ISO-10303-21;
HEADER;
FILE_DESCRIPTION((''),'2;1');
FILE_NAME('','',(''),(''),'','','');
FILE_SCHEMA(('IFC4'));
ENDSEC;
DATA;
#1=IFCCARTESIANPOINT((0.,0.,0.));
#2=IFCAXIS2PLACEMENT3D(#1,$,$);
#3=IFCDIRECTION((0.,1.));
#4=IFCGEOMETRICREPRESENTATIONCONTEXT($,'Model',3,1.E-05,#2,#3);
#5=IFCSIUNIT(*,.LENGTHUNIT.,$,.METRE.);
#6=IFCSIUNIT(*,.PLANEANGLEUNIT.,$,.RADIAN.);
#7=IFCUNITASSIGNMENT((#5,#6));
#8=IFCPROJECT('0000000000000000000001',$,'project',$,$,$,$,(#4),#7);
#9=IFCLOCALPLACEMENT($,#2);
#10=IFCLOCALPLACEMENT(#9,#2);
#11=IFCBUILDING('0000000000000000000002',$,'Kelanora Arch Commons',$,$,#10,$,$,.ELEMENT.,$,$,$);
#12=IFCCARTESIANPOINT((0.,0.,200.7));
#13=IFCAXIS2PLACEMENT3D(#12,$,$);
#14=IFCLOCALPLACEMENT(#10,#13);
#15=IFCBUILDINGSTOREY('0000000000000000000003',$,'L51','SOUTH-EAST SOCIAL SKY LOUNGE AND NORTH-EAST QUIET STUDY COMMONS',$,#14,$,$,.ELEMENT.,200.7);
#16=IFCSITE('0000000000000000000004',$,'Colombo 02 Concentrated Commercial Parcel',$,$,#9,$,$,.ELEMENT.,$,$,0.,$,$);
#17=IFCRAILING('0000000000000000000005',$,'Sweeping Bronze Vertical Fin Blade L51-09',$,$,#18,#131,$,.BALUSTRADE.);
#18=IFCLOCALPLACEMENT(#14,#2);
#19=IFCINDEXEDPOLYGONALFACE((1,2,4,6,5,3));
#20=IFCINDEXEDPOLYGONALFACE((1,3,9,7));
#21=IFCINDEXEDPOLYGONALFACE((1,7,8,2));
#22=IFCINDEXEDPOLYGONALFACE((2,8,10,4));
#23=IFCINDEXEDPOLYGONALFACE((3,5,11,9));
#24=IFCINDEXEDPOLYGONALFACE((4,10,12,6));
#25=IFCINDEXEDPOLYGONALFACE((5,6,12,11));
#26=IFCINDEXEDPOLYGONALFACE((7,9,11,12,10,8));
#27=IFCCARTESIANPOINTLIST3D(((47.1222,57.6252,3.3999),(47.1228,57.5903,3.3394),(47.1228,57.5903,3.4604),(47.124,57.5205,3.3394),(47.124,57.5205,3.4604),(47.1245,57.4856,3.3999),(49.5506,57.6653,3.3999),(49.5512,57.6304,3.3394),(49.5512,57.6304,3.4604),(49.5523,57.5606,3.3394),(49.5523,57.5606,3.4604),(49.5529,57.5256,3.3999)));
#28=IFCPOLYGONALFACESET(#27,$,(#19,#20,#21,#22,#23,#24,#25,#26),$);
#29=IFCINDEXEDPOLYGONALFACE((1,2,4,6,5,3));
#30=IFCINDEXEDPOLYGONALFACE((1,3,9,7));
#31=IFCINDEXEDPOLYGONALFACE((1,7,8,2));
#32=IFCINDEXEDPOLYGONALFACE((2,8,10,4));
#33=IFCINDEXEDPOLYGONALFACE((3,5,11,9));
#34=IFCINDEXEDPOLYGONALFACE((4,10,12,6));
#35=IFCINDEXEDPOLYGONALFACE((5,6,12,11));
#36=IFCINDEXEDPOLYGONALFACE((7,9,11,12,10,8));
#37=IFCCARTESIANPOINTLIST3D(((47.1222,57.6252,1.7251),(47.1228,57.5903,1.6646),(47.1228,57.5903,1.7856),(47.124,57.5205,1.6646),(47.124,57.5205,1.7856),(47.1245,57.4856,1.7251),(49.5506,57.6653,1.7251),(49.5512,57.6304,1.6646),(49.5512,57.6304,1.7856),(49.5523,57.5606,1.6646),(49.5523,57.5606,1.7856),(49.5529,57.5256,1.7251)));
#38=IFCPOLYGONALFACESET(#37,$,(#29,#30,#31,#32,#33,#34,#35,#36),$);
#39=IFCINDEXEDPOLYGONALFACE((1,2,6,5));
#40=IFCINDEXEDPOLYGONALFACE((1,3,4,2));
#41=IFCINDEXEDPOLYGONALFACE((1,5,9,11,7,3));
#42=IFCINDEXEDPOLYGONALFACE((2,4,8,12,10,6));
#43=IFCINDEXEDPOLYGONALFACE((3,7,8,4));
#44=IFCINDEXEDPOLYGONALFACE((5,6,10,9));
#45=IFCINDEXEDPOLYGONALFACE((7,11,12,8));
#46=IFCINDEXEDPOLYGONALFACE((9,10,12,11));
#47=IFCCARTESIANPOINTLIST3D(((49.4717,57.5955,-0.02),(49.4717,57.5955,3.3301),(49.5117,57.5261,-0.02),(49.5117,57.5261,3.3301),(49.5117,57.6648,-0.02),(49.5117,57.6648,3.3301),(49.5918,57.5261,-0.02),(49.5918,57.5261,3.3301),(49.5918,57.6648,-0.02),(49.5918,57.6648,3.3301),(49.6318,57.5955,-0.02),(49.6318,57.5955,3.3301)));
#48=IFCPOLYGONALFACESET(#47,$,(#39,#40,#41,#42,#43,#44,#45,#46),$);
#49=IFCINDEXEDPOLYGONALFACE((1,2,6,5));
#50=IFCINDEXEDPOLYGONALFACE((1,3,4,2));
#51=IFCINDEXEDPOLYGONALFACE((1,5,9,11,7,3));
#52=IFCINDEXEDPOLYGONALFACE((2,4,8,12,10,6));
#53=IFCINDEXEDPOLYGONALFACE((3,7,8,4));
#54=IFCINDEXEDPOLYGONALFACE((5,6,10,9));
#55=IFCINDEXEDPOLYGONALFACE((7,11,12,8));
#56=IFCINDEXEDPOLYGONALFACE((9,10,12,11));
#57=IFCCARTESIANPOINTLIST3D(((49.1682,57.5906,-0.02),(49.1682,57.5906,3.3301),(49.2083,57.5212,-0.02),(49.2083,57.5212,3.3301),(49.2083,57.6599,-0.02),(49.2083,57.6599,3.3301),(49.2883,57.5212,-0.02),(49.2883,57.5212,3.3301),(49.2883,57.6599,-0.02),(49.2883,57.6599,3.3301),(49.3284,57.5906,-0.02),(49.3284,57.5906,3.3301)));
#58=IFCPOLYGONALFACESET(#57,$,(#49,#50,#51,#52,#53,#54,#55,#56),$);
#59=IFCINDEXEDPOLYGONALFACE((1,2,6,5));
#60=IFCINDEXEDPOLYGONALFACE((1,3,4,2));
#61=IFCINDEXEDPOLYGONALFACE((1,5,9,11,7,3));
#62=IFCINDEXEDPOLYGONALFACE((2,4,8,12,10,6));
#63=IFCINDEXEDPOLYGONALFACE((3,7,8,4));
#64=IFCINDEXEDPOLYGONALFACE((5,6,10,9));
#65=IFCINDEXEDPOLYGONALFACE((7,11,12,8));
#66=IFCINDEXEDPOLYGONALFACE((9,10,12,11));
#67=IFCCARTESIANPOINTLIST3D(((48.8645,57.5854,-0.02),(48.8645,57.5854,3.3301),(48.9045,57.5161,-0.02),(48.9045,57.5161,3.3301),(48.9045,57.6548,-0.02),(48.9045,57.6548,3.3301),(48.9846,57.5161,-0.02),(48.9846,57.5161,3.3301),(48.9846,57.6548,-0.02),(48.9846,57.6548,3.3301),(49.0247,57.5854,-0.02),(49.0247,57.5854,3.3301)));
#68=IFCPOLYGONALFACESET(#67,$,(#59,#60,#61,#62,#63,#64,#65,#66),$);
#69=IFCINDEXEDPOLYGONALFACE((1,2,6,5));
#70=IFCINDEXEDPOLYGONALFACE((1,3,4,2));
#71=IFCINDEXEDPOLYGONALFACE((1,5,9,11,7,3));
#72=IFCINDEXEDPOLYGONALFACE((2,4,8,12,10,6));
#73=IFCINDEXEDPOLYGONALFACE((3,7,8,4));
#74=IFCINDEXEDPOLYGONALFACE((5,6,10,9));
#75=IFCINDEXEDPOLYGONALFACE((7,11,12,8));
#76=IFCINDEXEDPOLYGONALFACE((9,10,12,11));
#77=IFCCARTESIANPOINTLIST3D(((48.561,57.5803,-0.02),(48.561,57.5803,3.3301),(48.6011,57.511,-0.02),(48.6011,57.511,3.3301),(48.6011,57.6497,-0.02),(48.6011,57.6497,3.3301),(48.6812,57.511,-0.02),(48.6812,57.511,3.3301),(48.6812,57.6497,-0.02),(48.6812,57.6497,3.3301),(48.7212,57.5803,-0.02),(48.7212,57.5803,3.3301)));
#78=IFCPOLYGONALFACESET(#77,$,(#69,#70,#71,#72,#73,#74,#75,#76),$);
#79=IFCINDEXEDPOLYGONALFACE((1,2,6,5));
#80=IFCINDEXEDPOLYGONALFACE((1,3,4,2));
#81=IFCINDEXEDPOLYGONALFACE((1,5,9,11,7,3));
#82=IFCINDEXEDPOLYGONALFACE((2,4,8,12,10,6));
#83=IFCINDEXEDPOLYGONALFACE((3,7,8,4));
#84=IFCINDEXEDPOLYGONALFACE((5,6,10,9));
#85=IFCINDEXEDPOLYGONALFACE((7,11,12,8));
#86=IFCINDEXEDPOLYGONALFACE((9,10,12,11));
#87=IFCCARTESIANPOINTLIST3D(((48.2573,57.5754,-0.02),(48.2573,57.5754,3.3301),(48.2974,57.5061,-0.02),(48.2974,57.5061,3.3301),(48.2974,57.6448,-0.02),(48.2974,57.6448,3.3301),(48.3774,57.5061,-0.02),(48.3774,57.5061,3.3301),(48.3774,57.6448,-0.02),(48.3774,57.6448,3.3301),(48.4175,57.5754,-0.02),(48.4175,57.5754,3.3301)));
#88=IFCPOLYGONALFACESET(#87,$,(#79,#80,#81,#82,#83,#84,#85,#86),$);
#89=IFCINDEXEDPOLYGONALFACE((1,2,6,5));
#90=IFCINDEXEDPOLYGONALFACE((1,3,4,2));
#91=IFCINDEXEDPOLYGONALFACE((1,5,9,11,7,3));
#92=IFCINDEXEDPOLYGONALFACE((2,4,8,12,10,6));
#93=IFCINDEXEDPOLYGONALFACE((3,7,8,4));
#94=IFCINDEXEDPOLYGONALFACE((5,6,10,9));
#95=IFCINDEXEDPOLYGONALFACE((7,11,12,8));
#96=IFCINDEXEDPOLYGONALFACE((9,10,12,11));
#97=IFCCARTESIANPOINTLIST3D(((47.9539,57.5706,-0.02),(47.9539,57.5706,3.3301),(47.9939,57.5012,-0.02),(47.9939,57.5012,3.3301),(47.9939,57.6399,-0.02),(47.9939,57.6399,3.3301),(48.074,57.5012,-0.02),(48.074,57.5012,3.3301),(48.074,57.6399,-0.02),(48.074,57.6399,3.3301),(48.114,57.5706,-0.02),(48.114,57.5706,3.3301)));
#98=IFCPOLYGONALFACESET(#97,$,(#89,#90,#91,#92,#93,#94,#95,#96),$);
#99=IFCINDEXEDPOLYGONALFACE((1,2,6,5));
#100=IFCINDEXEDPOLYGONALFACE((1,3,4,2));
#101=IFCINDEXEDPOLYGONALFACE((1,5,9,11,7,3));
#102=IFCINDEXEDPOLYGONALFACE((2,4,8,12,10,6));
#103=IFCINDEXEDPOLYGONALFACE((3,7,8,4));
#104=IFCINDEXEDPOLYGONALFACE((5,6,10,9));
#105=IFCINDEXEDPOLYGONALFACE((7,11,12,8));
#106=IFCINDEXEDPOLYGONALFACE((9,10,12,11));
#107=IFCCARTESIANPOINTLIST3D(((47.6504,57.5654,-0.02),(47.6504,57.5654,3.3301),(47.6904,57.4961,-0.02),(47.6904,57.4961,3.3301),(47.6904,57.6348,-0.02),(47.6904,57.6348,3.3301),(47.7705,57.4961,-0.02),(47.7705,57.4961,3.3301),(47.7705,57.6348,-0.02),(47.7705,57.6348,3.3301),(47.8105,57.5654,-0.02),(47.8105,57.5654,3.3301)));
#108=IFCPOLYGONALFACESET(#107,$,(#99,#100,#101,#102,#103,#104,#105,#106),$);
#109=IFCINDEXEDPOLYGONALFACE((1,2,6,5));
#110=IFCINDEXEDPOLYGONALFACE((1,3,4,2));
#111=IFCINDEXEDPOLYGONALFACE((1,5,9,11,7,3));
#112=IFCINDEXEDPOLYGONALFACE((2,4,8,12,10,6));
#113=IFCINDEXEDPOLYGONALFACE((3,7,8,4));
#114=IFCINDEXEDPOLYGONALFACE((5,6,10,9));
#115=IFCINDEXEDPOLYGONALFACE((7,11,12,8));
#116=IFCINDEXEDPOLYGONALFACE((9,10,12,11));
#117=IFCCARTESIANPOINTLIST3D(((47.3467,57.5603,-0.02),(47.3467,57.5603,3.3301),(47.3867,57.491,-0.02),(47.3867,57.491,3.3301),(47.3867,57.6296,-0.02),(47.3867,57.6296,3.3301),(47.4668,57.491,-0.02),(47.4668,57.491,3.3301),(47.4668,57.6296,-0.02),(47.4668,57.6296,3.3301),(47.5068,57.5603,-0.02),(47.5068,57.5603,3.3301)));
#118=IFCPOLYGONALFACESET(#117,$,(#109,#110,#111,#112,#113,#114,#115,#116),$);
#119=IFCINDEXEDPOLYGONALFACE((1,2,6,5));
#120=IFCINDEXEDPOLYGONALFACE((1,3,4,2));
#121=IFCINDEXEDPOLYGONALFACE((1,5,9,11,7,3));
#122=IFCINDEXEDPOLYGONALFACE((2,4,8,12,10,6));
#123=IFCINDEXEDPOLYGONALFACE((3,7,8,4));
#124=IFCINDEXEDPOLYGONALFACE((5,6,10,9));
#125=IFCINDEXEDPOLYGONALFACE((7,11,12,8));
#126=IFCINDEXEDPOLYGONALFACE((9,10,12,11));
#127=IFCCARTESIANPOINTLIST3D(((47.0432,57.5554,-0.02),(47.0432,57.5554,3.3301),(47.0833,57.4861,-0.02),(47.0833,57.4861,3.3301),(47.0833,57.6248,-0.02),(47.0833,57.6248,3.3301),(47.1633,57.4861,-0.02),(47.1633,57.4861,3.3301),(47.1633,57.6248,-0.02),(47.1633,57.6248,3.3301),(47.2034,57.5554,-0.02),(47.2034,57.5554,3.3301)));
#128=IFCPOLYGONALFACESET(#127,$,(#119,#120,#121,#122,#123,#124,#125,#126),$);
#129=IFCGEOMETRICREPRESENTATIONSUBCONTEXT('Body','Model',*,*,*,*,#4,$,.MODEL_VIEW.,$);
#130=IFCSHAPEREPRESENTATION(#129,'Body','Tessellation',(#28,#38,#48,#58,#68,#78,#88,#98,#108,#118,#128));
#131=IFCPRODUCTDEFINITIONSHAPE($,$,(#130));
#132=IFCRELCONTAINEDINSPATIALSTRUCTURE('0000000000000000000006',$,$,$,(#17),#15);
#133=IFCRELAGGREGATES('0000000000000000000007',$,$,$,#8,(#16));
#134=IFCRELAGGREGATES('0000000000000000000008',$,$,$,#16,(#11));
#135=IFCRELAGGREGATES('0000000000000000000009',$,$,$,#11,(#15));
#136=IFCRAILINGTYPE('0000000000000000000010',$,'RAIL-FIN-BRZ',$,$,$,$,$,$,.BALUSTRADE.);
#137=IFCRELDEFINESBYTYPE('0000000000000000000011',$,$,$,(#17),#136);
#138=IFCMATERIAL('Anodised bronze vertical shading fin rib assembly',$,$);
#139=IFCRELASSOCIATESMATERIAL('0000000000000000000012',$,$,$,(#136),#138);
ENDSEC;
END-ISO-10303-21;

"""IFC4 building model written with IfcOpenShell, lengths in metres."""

from ifc_helpers import new_model, si_unit, direction, frame, origin, place, context, subcontext, project, spatial, polyline, outline, extrude, material, type_object, element, save


model = new_model("IFC4")

# Units and contexts
model_context = context("Model", 3, precision=1e-05, world=origin(), true_north=direction((0.0, 1.0)))
body_context = subcontext(model_context, "Body", "Model", "MODEL_VIEW")
ifc_project = project(units=[si_unit("LENGTHUNIT", "METRE"), si_unit("PLANEANGLEUNIT", "RADIAN")], contexts=[model_context])

# Site, building, storey
site_placement = place(None, origin())
site = spatial("IfcSite", under=ifc_project, at=site_placement, Name="Colombo 02 Concentrated Commercial Parcel", CompositionType="ELEMENT", RefElevation=0.0)
building_placement = place(site_placement, origin())
building = spatial("IfcBuilding", under=site, at=building_placement, Name="Kelanora Arch Commons", CompositionType="ELEMENT")
storey_placement = place(building_placement, frame((0.0, 0.0, 200.7)))
storey = spatial("IfcBuildingStorey", under=building, at=storey_placement, Name="L51", Description="SOUTH-EAST SOCIAL SKY LOUNGE AND NORTH-EAST QUIET STUDY COMMONS", CompositionType="ELEMENT", Elevation=200.7)

# Railing
ifc_material_1 = material(Name="Anodised bronze vertical shading fin rib assembly")
railing_type = type_object("IfcRailingType", Name="RAIL-FIN-BRZ", PredefinedType="BALUSTRADE", material=ifc_material_1)
railing_1_placement = place(storey_placement, frame((49.5518, 57.5955, -0.02)))
element("IfcRailing", 1, at=railing_1_placement, inside=storey, type_object=railing_type, Name="Sweeping Bronze Vertical Fin Blade L51-09", PredefinedType="BALUSTRADE", context=body_context, shape_type="SweptSolid", body=[
    extrude(outline(polyline([(0.0698, 0.0), (0.0349, 0.0605), (-0.0349, 0.0605), (-0.0698, 0.0), (-0.0349, -0.0605), (0.0349, -0.0605), (0.0698, 0.0)])), frame((0.0, 0.0, 3.4199), z_axis=(-0.999864, -0.016485, 0.0), x_axis=(0.016485, -0.999864, 0.0)), (0.0, 0.0, 1.0), 2.4287),
    extrude(outline(polyline([(0.0698, 0.0), (0.0349, 0.0605), (-0.0349, 0.0605), (-0.0698, 0.0), (-0.0349, -0.0605), (0.0349, -0.0605), (0.0698, 0.0)])), frame((0.0, 0.0, 1.7451), z_axis=(-0.999864, -0.016485, 0.0), x_axis=(0.016485, -0.999864, 0.0)), (0.0, 0.0, 1.0), 2.4287),
    extrude(outline(polyline([(0.0801, 0.0), (0.04, 0.0693), (-0.04, 0.0693), (-0.0801, 0.0), (-0.04, -0.0693), (0.04, -0.0693), (0.0801, 0.0)])), origin(), (0.0, 0.0, 1.0), 3.3501),
    extrude(outline(polyline([(0.0801, 0.0), (0.04, 0.0693), (-0.04, 0.0693), (-0.0801, 0.0), (-0.04, -0.0693), (0.04, -0.0693), (0.0801, 0.0)])), frame((-0.3035, -0.0049, 0.0)), (0.0, 0.0, 1.0), 3.3501),
    extrude(outline(polyline([(0.0801, 0.0), (0.04, 0.0693), (-0.04, 0.0693), (-0.0801, 0.0), (-0.04, -0.0693), (0.04, -0.0693), (0.0801, 0.0)])), frame((-0.6072, -0.01, 0.0)), (0.0, 0.0, 1.0), 3.3501),
    extrude(outline(polyline([(0.0801, 0.0), (0.04, 0.0693), (-0.04, 0.0693), (-0.0801, 0.0), (-0.04, -0.0693), (0.04, -0.0693), (0.0801, 0.0)])), frame((-0.9106, -0.0151, 0.0)), (0.0, 0.0, 1.0), 3.3501),
    extrude(outline(polyline([(0.0801, 0.0), (0.04, 0.0693), (-0.04, 0.0693), (-0.0801, 0.0), (-0.04, -0.0693), (0.04, -0.0693), (0.0801, 0.0)])), frame((-1.2144, -0.02, 0.0)), (0.0, 0.0, 1.0), 3.3501),
    extrude(outline(polyline([(0.0801, 0.0), (0.04, 0.0693), (-0.04, 0.0693), (-0.0801, 0.0), (-0.04, -0.0693), (0.04, -0.0693), (0.0801, 0.0)])), frame((-1.5178, -0.0249, 0.0)), (0.0, 0.0, 1.0), 3.3501),
    extrude(outline(polyline([(0.0801, 0.0), (0.04, 0.0693), (-0.04, 0.0693), (-0.0801, 0.0), (-0.04, -0.0693), (0.04, -0.0693), (0.0801, 0.0)])), frame((-1.8213, -0.03, 0.0)), (0.0, 0.0, 1.0), 3.3501),
    extrude(outline(polyline([(0.0801, 0.0), (0.04, 0.0693), (-0.04, 0.0693), (-0.0801, 0.0), (-0.04, -0.0693), (0.04, -0.0693), (0.0801, 0.0)])), frame((-2.125, -0.0352, 0.0)), (0.0, 0.0, 1.0), 3.3501),
    extrude(outline(polyline([(0.0801, 0.0), (0.04, 0.0693), (-0.04, 0.0693), (-0.0801, 0.0), (-0.04, -0.0693), (0.04, -0.0693), (0.0801, 0.0)])), frame((-2.4285, -0.04, 0.0)), (0.0, 0.0, 1.0), 3.3501),
])

save(model, "model.ifc")
